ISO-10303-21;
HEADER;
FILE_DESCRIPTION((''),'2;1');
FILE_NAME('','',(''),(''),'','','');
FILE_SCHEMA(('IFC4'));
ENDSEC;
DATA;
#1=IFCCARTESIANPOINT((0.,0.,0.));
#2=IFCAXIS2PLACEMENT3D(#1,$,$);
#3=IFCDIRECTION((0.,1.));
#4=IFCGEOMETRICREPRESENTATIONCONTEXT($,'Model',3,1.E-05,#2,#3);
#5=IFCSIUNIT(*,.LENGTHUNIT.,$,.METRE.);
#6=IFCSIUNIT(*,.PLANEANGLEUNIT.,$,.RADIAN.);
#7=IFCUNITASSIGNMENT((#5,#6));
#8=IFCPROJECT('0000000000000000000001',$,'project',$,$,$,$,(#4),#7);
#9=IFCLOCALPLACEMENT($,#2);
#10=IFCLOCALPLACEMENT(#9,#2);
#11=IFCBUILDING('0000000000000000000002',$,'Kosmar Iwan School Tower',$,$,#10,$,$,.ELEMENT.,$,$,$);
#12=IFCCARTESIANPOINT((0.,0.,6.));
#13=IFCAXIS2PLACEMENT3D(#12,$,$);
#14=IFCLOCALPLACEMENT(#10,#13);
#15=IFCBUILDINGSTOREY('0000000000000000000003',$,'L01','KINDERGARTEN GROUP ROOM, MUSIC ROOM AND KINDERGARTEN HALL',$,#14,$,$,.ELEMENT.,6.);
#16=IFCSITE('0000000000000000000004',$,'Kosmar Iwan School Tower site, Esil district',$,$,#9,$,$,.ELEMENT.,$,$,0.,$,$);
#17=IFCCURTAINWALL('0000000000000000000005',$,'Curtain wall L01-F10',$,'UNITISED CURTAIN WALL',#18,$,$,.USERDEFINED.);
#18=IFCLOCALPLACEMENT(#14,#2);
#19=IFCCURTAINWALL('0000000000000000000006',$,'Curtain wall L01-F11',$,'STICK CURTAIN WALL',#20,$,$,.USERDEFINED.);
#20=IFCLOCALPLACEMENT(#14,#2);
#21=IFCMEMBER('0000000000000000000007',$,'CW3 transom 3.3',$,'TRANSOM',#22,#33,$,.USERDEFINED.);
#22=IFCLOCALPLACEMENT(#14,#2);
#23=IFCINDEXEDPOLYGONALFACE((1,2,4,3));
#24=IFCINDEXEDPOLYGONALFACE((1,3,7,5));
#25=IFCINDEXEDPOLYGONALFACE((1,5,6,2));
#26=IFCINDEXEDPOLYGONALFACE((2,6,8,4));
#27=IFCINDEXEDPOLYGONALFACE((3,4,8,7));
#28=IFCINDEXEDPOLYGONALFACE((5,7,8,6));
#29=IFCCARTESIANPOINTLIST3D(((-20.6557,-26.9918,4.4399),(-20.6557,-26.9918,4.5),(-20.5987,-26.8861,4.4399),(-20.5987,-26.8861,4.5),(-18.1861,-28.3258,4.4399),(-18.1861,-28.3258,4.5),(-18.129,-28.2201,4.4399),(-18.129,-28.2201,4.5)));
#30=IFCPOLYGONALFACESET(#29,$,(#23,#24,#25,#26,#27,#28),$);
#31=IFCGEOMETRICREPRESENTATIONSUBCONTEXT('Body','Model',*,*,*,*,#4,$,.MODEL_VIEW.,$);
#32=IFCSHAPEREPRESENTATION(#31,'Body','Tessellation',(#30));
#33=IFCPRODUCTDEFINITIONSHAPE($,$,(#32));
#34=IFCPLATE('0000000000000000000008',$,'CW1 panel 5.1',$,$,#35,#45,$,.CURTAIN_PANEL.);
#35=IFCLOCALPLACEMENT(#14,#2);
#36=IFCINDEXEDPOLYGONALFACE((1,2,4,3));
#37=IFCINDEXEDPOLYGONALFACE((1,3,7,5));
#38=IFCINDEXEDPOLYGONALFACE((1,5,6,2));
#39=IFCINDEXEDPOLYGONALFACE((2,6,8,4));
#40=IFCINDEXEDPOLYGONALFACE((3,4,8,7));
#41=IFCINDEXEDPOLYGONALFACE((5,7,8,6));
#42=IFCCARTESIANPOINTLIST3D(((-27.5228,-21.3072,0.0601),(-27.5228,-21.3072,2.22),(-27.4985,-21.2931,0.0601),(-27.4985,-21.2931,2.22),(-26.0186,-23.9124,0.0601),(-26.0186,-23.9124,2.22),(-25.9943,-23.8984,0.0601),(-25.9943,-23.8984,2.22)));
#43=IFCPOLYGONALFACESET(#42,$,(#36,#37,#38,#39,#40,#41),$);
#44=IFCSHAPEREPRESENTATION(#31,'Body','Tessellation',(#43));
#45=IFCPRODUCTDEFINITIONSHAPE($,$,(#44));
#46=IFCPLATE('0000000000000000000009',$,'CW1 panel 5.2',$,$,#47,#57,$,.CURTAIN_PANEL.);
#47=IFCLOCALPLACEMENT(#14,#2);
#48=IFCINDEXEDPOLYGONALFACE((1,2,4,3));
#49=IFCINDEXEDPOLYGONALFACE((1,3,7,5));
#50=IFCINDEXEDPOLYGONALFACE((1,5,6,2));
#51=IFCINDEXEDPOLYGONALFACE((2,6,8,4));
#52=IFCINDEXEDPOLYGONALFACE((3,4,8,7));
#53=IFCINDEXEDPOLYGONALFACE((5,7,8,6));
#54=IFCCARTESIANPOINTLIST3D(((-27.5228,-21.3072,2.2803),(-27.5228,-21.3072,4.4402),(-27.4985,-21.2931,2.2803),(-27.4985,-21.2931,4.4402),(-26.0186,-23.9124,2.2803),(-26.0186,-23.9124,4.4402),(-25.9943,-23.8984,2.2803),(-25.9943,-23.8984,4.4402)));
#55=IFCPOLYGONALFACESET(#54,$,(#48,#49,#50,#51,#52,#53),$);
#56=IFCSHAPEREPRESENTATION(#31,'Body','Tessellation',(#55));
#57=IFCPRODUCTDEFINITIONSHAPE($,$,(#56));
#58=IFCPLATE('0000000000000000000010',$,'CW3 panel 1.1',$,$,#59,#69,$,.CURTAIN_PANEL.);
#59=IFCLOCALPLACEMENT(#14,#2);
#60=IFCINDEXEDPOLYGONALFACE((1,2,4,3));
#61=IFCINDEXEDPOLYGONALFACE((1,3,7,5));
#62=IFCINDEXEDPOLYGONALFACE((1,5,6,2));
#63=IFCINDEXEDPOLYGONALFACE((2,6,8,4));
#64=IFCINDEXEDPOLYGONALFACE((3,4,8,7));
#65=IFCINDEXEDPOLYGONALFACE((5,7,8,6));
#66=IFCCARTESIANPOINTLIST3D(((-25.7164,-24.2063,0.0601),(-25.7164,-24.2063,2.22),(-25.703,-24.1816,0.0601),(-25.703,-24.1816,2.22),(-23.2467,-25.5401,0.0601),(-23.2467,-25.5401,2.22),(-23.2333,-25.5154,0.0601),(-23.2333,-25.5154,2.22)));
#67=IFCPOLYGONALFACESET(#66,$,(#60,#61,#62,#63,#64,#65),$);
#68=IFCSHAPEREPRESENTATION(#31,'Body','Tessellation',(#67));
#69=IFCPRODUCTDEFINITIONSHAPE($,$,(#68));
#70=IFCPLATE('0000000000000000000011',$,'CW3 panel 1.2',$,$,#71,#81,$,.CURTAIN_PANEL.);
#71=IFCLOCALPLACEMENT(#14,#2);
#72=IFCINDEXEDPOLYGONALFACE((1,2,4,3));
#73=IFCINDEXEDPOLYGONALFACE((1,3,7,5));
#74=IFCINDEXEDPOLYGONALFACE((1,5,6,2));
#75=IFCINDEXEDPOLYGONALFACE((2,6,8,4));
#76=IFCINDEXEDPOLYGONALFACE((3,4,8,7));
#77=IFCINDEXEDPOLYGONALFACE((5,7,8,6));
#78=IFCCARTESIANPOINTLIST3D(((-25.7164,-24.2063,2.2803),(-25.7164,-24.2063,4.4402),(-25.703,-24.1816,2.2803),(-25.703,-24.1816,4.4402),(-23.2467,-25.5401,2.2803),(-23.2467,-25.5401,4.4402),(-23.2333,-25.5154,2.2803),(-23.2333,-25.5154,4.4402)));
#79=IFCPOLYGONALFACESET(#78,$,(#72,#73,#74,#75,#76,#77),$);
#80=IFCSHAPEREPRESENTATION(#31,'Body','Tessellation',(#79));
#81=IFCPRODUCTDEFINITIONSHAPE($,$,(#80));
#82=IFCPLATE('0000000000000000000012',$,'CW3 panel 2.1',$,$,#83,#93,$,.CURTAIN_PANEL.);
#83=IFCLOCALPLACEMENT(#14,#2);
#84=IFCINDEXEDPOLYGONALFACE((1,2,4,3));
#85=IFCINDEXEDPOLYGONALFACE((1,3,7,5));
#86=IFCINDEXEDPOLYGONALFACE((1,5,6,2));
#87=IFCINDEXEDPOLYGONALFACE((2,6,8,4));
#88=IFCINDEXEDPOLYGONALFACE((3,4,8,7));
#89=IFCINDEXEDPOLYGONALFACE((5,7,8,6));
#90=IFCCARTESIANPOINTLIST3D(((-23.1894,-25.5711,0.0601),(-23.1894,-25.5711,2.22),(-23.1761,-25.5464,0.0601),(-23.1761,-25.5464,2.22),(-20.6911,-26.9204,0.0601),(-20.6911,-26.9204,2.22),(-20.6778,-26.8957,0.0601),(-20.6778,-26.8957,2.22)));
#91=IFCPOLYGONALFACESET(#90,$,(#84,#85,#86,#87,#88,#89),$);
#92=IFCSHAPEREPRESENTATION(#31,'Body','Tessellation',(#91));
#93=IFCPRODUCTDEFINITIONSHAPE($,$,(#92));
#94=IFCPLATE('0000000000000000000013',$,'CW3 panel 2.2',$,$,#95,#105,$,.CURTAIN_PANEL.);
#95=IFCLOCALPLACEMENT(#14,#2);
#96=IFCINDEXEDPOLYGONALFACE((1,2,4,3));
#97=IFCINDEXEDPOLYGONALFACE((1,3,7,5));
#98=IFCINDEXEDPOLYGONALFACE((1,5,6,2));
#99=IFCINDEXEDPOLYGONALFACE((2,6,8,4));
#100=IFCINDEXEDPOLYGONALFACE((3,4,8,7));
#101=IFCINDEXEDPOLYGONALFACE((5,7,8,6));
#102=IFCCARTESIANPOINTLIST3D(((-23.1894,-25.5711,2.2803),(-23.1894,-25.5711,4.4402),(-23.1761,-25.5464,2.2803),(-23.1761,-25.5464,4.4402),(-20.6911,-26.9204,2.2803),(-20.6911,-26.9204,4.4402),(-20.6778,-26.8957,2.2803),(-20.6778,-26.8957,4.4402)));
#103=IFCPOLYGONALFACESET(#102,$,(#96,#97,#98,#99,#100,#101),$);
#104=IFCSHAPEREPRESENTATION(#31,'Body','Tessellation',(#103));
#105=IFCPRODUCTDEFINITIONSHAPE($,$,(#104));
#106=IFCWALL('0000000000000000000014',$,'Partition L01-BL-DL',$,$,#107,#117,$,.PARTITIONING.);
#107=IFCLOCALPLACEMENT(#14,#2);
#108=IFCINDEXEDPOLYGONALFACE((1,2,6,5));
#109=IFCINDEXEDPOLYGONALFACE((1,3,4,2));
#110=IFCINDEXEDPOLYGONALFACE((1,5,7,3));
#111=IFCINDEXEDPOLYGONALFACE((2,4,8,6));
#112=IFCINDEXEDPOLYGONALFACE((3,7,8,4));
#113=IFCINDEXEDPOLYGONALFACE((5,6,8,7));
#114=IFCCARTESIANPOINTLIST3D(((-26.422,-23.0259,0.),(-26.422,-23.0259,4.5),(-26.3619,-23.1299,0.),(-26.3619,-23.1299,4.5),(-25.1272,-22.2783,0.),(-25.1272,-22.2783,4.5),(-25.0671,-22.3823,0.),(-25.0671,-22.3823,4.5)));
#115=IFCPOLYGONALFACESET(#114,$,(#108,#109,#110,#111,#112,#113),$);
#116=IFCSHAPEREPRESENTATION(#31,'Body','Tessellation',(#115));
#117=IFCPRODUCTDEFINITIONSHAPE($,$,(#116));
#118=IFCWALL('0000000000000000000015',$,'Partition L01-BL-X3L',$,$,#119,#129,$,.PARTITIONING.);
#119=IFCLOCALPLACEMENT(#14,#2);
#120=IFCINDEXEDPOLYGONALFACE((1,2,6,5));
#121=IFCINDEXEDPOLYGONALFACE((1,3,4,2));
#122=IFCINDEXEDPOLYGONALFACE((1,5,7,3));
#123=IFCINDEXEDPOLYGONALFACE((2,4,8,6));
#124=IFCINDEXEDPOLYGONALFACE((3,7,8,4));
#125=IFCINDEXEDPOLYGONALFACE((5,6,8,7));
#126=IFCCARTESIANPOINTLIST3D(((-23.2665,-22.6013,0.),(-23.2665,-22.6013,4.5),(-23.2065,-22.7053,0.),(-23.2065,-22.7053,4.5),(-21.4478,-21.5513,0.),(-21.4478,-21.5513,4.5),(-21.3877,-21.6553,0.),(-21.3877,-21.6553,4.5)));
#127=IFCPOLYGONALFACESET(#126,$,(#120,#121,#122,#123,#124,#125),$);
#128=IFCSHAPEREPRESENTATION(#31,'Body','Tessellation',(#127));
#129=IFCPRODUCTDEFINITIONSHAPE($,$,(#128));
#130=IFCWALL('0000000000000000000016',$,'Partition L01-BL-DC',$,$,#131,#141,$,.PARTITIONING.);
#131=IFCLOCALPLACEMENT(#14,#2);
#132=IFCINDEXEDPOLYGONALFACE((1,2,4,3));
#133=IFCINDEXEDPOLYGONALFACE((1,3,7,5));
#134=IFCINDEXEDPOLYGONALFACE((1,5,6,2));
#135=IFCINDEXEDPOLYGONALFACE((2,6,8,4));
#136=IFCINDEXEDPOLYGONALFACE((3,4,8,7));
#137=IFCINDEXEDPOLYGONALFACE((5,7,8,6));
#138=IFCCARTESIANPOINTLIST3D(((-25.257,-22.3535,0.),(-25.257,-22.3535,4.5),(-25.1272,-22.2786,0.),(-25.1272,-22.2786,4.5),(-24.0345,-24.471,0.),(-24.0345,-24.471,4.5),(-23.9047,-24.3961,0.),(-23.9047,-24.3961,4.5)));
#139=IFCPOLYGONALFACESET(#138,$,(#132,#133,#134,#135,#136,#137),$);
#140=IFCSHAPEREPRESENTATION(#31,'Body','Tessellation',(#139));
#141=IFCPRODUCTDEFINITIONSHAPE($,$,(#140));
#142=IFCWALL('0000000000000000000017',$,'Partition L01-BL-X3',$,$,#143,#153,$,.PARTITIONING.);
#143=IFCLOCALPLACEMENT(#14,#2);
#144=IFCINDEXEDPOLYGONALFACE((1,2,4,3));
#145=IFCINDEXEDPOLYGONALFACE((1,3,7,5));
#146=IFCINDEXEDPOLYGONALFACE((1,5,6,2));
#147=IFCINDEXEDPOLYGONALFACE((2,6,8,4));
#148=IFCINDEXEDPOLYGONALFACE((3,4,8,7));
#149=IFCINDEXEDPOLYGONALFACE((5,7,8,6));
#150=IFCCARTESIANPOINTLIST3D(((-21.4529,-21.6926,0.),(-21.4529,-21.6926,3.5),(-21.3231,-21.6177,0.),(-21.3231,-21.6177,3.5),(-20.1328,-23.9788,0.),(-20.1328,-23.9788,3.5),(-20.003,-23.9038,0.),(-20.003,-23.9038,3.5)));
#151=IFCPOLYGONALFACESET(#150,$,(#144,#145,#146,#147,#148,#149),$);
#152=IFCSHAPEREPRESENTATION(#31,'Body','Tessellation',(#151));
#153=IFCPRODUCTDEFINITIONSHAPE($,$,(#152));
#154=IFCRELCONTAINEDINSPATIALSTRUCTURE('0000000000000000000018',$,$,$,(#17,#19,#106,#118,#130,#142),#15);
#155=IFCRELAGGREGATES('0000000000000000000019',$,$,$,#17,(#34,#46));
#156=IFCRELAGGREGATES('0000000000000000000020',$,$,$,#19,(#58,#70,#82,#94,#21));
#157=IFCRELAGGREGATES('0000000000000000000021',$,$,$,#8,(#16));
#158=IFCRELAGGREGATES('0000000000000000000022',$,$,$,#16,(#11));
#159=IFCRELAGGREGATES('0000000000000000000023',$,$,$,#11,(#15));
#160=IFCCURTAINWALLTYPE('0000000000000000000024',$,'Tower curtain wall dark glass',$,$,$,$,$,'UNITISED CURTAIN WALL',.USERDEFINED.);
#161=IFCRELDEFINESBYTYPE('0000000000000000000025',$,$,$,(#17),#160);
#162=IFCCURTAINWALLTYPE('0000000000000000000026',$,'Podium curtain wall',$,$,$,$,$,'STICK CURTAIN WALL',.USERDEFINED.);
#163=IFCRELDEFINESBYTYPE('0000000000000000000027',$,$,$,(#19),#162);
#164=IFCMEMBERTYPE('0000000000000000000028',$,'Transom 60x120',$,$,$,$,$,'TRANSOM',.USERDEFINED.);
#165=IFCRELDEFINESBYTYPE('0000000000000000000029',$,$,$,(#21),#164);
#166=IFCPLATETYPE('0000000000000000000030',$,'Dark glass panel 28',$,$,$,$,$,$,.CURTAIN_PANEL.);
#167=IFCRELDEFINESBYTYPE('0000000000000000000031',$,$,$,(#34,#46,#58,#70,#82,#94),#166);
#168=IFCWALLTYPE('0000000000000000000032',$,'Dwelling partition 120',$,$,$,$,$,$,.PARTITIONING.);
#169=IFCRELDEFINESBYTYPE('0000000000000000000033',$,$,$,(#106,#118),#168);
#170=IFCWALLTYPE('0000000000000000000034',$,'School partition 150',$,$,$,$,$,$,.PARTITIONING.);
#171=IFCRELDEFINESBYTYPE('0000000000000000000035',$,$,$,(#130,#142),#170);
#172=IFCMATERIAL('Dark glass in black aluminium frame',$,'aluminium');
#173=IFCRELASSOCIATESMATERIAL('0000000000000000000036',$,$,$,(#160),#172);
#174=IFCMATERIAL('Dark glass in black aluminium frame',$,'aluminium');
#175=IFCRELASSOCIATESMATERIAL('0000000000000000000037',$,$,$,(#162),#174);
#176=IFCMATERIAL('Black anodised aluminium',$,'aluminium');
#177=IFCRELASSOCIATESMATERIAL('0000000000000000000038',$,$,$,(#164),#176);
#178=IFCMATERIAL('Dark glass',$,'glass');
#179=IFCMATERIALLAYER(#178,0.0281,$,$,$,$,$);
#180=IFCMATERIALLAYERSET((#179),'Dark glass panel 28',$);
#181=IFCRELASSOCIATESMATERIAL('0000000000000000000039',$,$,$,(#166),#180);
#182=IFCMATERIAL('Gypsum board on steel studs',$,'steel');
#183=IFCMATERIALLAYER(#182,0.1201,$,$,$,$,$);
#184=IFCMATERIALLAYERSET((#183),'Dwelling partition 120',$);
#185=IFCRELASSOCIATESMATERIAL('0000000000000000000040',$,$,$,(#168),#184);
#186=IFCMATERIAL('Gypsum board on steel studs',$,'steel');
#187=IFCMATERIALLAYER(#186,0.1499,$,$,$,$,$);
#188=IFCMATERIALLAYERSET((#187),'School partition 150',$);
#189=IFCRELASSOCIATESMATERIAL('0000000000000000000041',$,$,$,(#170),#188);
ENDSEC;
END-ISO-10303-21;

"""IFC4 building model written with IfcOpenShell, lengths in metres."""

from ifc_helpers import new_model, si_unit, direction, frame, frame_2d, origin, origin_2d, place, context, subcontext, project, spatial, rectangle, extrude, material, layer, layer_set, material_profile, profile_set, type_object, element, aggregate, save


model = new_model("IFC4")

# Units and contexts
model_context = context("Model", 3, precision=1e-05, world=origin(), true_north=direction((0.0, 1.0)))
body_context = subcontext(model_context, "Body", "Model", "MODEL_VIEW")
ifc_project = project(units=[si_unit("LENGTHUNIT", "METRE"), si_unit("PLANEANGLEUNIT", "RADIAN")], contexts=[model_context])

# Site, building, storey
site_placement = place(None, origin())
site = spatial("IfcSite", under=ifc_project, at=site_placement, Name="Kosmar Iwan School Tower site, Esil district", CompositionType="ELEMENT", RefElevation=0.0)
building_placement = place(site_placement, origin())
building = spatial("IfcBuilding", under=site, at=building_placement, Name="Kosmar Iwan School Tower", CompositionType="ELEMENT")
storey_placement = place(building_placement, frame((0.0, 0.0, 6.0)))
storey = spatial("IfcBuildingStorey", under=building, at=storey_placement, Name="L01", Description="KINDERGARTEN GROUP ROOM, MUSIC ROOM AND KINDERGARTEN HALL", CompositionType="ELEMENT", Elevation=6.0)

# Curtain wall
ifc_material_1 = material(Name="Dark glass in black aluminium frame", Category="aluminium")
curtain_wall_type_1 = type_object("IfcCurtainWallType", Name="Tower curtain wall dark glass", ElementType="UNITISED CURTAIN WALL", PredefinedType="USERDEFINED", material=ifc_material_1)
curtain_wall_1_placement = place(storey_placement, origin())
curtain_wall_1 = element("IfcCurtainWall", 1, at=curtain_wall_1_placement, inside=storey, type_object=curtain_wall_type_1, Name="Curtain wall L01-F10", ObjectType="UNITISED CURTAIN WALL", PredefinedType="USERDEFINED")

# Curtain wall
ifc_material_2 = material(Name="Dark glass in black aluminium frame", Category="aluminium")
curtain_wall_type_2 = type_object("IfcCurtainWallType", Name="Podium curtain wall", ElementType="STICK CURTAIN WALL", PredefinedType="USERDEFINED", material=ifc_material_2)
curtain_wall_2_placement = place(storey_placement, origin())
curtain_wall_2 = element("IfcCurtainWall", 2, at=curtain_wall_2_placement, inside=storey, type_object=curtain_wall_type_2, Name="Curtain wall L01-F11", ObjectType="STICK CURTAIN WALL", PredefinedType="USERDEFINED")

# Member
ifc_material_3 = material(Name="Black anodised aluminium", Category="aluminium")
ifc_material_profile_1 = material_profile(ifc_material_3, rectangle(XDim=0.1201, YDim=0.0601, at=origin_2d()), Name="TRANSOM 60x120")
ifc_profile_set_1 = profile_set([ifc_material_profile_1], Name="Black anodised aluminium")
member_type_1 = type_object("IfcMemberType", Name="Transom 60x120", ElementType="TRANSOM", PredefinedType="USERDEFINED", material=ifc_profile_set_1)
member_1_placement = place(storey_placement, frame((-20.6272, -26.939, 4.47), z_axis=(0.879856, -0.47524, 0.0), x_axis=(0.47524, 0.879856, 0.0)))
member_1 = element("IfcMember", 3, at=member_1_placement, type_object=member_type_1, Name="CW3 transom 3.3", ObjectType="TRANSOM", PredefinedType="USERDEFINED", context=body_context, shape_type="SweptSolid", body=[
    extrude(rectangle(XDim=0.1201, YDim=0.0601, at=origin_2d()), origin(), (0.0, 0.0, 1.0), 2.8069),
])

# Plates
ifc_material_4 = material(Name="Dark glass", Category="glass")
ifc_layer_1 = layer(ifc_material_4, 0.0281)
ifc_layer_set_1 = layer_set([ifc_layer_1], Name="Dark glass panel 28")
plate_type = type_object("IfcPlateType", Name="Dark glass panel 28", PredefinedType="CURTAIN_PANEL", material=ifc_layer_set_1)
plate_1_placement = place(storey_placement, frame((-26.7585, -22.6028, 0.0601), z_axis=(0.0, 0.0, 1.0), x_axis=(0.5, -0.866025, 0.0)))
plate_1 = element("IfcPlate", 4, at=plate_1_placement, type_object=plate_type, Name="CW1 panel 5.1", PredefinedType="CURTAIN_PANEL", context=body_context, shape_type="SweptSolid", body=[
    extrude(rectangle(XDim=3.0083, YDim=0.0281, at=origin_2d()), origin(), (0.0, 0.0, 1.0), 2.1599),
])
plate_2_placement = place(storey_placement, frame((-26.7585, -22.6028, 2.2803), z_axis=(0.0, 0.0, 1.0), x_axis=(0.5, -0.866025, 0.0)))
plate_2 = element("IfcPlate", 5, at=plate_2_placement, type_object=plate_type, Name="CW1 panel 5.2", PredefinedType="CURTAIN_PANEL", context=body_context, shape_type="SweptSolid", body=[
    extrude(rectangle(XDim=3.0083, YDim=0.0281, at=origin_2d()), origin(), (0.0, 0.0, 1.0), 2.1599),
])
aggregate(curtain_wall_1, [plate_1, plate_2])
plate_3_placement = place(storey_placement, frame((-24.4749, -24.8608, 0.0601), z_axis=(0.0, 0.0, 1.0), x_axis=(0.879869, -0.475215, 0.0)))
plate_3 = element("IfcPlate", 6, at=plate_3_placement, type_object=plate_type, Name="CW3 panel 1.1", PredefinedType="CURTAIN_PANEL", context=body_context, shape_type="SweptSolid", body=[
    extrude(rectangle(XDim=2.8069, YDim=0.0281, at=origin_2d()), origin(), (0.0, 0.0, 1.0), 2.1599),
])
plate_4_placement = place(storey_placement, frame((-24.4749, -24.8608, 2.2803), z_axis=(0.0, 0.0, 1.0), x_axis=(0.879869, -0.475215, 0.0)))
plate_4 = element("IfcPlate", 7, at=plate_4_placement, type_object=plate_type, Name="CW3 panel 1.2", PredefinedType="CURTAIN_PANEL", context=body_context, shape_type="SweptSolid", body=[
    extrude(rectangle(XDim=2.8069, YDim=0.0281, at=origin_2d()), origin(), (0.0, 0.0, 1.0), 2.1599),
])
plate_5_placement = place(storey_placement, frame((-21.9336, -26.2334, 0.0601), z_axis=(0.0, 0.0, 1.0), x_axis=(0.879869, -0.475215, 0.0)))
plate_5 = element("IfcPlate", 8, at=plate_5_placement, type_object=plate_type, Name="CW3 panel 2.1", PredefinedType="CURTAIN_PANEL", context=body_context, shape_type="SweptSolid", body=[
    extrude(rectangle(XDim=2.8394, YDim=0.0281, at=origin_2d()), origin(), (0.0, 0.0, 1.0), 2.1599),
])
plate_6_placement = place(storey_placement, frame((-21.9336, -26.2334, 2.2803), z_axis=(0.0, 0.0, 1.0), x_axis=(0.879869, -0.475215, 0.0)))
plate_6 = element("IfcPlate", 9, at=plate_6_placement, type_object=plate_type, Name="CW3 panel 2.2", PredefinedType="CURTAIN_PANEL", context=body_context, shape_type="SweptSolid", body=[
    extrude(rectangle(XDim=2.8394, YDim=0.0281, at=origin_2d()), origin(), (0.0, 0.0, 1.0), 2.1599),
])
aggregate(curtain_wall_2, [plate_3, plate_4, plate_5, plate_6, member_1])

# Walls
ifc_material_5 = material(Name="Gypsum board on steel studs", Category="steel")
ifc_layer_2 = layer(ifc_material_5, 0.1201)
ifc_layer_set_2 = layer_set([ifc_layer_2], Name="Dwelling partition 120")
wall_type_1 = type_object("IfcWallType", Name="Dwelling partition 120", PredefinedType="PARTITIONING", material=ifc_layer_set_2)
wall_1_placement = place(storey_placement, frame((-25.0972, -22.3303, 0.0), z_axis=(0.0, 0.0, 1.0), x_axis=(-0.866003, -0.500038, 0.0)))
element("IfcWall", 10, at=wall_1_placement, inside=storey, type_object=wall_type_1, Name="Partition L01-BL-DL", PredefinedType="PARTITIONING", context=body_context, shape_type="SweptSolid", body=[
    extrude(rectangle(XDim=1.4951, YDim=0.1201, at=frame_2d((0.7476, 0.0))), origin(), (0.0, 0.0, 1.0), 4.5),
])
wall_2_placement = place(storey_placement, frame((-21.4177, -21.6033, 0.0), z_axis=(0.0, 0.0, 1.0), x_axis=(-0.866038, -0.499977, 0.0)))
element("IfcWall", 11, at=wall_2_placement, inside=storey, type_object=wall_type_1, Name="Partition L01-BL-X3L", PredefinedType="PARTITIONING", context=body_context, shape_type="SweptSolid", body=[
    extrude(rectangle(XDim=2.1001, YDim=0.1201, at=frame_2d((1.05, 0.0))), origin(), (0.0, 0.0, 1.0), 4.5),
])
ifc_material_6 = material(Name="Gypsum board on steel studs", Category="steel")
ifc_layer_3 = layer(ifc_material_6, 0.1499)
ifc_layer_set_3 = layer_set([ifc_layer_3], Name="School partition 150")
wall_type_2 = type_object("IfcWallType", Name="School partition 150", PredefinedType="PARTITIONING", material=ifc_layer_set_3)
wall_3_placement = place(storey_placement, frame((-25.1921, -22.3159, 0.0), z_axis=(0.0, 0.0, 1.0), x_axis=(0.499973, -0.866041, 0.0)))
element("IfcWall", 12, at=wall_3_placement, inside=storey, type_object=wall_type_2, Name="Partition L01-BL-DC", PredefinedType="PARTITIONING", context=body_context, shape_type="SweptSolid", body=[
    extrude(rectangle(XDim=2.4451, YDim=0.1499, at=frame_2d((1.2227, 0.0))), origin(), (0.0, 0.0, 1.0), 4.5),
])
wall_4_placement = place(storey_placement, frame((-21.3879, -21.6553, 0.0), z_axis=(0.0, 0.0, 1.0), x_axis=(0.500048, -0.865998, 0.0)))
element("IfcWall", 13, at=wall_4_placement, inside=storey, type_object=wall_type_2, Name="Partition L01-BL-X3", PredefinedType="PARTITIONING", context=body_context, shape_type="SweptSolid", body=[
    extrude(rectangle(XDim=2.6399, YDim=0.1499, at=frame_2d((1.3198, 0.0))), origin(), (0.0, 0.0, 1.0), 3.5),
])

save(model, "model.ifc")
